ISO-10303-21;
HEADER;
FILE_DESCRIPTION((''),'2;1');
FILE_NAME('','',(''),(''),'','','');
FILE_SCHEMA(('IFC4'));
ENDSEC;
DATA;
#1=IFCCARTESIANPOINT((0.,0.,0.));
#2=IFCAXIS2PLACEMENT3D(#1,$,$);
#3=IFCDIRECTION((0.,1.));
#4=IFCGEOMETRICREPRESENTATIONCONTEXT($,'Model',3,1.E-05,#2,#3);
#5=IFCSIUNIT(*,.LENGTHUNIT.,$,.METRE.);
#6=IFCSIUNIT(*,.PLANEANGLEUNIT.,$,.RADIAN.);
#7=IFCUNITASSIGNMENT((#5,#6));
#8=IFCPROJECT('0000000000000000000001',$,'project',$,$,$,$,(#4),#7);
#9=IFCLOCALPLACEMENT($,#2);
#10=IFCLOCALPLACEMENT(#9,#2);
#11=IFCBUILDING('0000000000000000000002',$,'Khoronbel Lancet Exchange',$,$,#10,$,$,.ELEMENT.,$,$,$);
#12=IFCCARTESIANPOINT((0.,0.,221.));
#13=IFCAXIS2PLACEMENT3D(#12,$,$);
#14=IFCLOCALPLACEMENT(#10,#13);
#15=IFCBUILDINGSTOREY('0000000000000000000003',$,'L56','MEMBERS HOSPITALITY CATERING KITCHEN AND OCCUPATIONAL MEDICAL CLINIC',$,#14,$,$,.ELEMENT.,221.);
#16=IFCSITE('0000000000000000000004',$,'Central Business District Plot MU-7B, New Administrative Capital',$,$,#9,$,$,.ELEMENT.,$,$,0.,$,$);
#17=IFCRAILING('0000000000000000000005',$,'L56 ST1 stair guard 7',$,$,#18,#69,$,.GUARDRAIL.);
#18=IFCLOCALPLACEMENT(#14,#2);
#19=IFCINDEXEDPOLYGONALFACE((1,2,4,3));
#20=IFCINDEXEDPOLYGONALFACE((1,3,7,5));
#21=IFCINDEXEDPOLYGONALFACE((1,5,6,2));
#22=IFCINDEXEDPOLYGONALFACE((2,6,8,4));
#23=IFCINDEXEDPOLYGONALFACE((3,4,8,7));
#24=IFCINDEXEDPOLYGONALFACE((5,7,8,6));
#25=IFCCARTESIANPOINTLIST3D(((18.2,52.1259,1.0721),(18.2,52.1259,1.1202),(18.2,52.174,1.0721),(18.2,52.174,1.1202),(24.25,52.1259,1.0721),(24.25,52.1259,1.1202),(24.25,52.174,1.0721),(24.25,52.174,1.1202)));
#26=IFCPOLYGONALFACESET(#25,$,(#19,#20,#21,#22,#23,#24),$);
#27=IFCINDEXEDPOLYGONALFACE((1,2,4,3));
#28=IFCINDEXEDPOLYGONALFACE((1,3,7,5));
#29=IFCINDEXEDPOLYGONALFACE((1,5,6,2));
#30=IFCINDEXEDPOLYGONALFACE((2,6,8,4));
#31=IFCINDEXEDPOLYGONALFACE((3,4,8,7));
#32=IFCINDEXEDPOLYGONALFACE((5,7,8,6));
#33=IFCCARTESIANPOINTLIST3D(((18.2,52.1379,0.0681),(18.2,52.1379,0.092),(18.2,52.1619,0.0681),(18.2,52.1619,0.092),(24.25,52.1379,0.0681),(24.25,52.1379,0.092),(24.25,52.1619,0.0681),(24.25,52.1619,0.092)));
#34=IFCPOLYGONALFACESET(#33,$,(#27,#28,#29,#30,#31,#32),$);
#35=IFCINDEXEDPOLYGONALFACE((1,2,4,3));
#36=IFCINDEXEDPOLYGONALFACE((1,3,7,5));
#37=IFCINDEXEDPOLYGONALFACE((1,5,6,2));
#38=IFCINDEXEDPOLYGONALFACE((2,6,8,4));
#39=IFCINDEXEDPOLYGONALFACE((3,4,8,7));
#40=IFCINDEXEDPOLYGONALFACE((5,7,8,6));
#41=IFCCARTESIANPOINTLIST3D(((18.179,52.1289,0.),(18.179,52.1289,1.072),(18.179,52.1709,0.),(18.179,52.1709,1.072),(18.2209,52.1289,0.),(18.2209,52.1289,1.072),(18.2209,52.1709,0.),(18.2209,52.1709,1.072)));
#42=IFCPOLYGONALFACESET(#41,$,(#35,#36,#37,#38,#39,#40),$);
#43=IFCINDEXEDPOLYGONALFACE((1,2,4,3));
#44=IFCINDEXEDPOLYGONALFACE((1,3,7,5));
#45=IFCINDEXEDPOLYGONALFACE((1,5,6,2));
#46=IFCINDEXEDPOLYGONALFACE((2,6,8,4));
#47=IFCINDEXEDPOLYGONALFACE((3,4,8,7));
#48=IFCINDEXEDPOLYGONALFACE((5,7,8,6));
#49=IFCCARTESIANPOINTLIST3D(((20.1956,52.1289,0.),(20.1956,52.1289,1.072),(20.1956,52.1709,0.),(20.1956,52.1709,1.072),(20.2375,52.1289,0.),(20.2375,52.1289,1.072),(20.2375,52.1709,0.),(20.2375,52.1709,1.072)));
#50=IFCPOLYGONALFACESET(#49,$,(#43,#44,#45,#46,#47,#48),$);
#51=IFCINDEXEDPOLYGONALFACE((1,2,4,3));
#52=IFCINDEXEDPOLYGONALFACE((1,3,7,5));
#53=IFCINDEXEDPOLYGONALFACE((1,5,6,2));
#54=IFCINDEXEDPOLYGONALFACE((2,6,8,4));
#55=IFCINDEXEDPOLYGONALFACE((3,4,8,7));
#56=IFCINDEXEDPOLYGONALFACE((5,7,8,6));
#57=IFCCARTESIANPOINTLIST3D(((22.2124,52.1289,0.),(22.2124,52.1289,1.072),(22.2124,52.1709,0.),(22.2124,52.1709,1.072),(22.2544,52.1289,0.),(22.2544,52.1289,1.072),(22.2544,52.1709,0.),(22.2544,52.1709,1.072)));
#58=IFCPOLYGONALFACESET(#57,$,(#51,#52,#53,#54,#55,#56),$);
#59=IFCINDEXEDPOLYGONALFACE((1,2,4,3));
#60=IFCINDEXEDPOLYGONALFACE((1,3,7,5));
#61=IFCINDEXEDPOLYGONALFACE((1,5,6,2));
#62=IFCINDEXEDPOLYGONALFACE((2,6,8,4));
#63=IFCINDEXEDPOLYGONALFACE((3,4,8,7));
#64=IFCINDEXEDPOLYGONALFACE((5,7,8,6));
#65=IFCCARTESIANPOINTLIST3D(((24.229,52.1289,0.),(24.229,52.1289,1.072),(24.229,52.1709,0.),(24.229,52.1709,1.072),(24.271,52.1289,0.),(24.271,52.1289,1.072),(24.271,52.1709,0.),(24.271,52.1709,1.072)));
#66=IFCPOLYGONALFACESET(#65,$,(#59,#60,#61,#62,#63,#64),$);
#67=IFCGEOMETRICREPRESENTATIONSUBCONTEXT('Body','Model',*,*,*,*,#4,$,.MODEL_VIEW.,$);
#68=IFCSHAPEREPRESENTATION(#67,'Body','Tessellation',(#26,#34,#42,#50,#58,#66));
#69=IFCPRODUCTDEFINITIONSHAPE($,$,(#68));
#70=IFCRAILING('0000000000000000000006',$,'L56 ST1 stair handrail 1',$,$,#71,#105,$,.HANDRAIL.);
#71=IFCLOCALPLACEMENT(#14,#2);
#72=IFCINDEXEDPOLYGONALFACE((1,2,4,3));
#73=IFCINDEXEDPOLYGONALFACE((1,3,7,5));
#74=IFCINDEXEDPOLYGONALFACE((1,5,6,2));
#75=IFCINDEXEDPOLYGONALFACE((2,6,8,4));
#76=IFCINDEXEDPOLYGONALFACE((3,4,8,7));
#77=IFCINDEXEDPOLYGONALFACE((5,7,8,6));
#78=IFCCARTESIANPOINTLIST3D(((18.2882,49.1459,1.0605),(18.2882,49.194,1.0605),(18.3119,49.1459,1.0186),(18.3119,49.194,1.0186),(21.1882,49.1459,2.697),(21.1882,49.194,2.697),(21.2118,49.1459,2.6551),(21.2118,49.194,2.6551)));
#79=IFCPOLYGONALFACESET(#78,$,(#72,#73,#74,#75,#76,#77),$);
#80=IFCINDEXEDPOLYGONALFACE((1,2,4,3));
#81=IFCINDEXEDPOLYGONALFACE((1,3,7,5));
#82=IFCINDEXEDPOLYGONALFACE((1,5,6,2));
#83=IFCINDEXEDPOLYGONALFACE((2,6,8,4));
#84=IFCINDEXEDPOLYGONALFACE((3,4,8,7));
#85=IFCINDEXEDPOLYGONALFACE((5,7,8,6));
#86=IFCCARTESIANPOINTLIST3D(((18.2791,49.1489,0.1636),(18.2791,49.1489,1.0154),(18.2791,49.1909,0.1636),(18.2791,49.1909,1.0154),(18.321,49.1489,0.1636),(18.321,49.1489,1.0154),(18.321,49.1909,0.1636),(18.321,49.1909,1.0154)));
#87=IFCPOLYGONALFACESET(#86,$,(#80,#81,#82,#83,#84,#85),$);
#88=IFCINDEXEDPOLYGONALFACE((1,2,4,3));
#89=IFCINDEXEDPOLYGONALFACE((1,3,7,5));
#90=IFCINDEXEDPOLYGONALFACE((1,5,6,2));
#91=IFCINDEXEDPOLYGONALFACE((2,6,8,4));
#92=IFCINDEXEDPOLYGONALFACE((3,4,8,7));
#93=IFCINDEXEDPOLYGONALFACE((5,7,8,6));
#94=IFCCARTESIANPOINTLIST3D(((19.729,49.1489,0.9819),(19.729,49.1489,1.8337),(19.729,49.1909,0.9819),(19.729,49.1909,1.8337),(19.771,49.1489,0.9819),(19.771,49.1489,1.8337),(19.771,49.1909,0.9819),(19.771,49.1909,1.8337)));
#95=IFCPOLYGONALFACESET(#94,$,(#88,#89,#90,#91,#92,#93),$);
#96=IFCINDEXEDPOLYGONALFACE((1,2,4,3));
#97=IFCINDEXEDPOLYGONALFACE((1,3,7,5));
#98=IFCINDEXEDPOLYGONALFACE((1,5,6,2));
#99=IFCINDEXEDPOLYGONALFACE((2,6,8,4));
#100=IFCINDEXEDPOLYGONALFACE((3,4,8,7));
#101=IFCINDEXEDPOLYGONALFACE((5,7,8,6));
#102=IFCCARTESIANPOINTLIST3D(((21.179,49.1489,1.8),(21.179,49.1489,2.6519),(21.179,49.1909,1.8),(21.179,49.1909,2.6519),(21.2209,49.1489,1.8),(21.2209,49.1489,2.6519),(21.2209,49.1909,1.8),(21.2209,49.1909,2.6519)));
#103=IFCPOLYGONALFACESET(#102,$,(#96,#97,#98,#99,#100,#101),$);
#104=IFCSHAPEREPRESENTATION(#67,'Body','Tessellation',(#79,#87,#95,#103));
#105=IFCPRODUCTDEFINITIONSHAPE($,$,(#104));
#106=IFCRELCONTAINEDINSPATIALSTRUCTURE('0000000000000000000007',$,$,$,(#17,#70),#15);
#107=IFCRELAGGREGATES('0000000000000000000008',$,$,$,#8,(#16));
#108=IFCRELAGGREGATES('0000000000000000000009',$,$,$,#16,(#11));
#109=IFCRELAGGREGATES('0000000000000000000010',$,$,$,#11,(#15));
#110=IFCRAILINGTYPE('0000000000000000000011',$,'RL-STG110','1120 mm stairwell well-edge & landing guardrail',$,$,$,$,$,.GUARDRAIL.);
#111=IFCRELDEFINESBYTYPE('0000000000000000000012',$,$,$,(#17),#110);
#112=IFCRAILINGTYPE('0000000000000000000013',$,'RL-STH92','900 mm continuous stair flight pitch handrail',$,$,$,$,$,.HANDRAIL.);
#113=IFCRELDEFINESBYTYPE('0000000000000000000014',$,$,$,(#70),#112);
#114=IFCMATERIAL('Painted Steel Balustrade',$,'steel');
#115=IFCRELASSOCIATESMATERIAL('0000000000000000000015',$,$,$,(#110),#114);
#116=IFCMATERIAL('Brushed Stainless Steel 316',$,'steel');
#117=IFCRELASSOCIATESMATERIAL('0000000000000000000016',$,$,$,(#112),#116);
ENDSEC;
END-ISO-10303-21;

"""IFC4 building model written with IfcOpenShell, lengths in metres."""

from ifc_helpers import new_model, si_unit, direction, frame, origin, origin_2d, place, context, subcontext, project, spatial, rectangle, extrude, material, type_object, element, save


model = new_model("IFC4")

# Units and contexts
model_context = context("Model", 3, precision=1e-05, world=origin(), true_north=direction((0.0, 1.0)))
body_context = subcontext(model_context, "Body", "Model", "MODEL_VIEW")
ifc_project = project(units=[si_unit("LENGTHUNIT", "METRE"), si_unit("PLANEANGLEUNIT", "RADIAN")], contexts=[model_context])

# Site, building, storey
site_placement = place(None, origin())
site = spatial("IfcSite", under=ifc_project, at=site_placement, Name="Central Business District Plot MU-7B, New Administrative Capital", CompositionType="ELEMENT", RefElevation=0.0)
building_placement = place(site_placement, origin())
building = spatial("IfcBuilding", under=site, at=building_placement, Name="Khoronbel Lancet Exchange", CompositionType="ELEMENT")
storey_placement = place(building_placement, frame((0.0, 0.0, 221.0)))
storey = spatial("IfcBuildingStorey", under=building, at=storey_placement, Name="L56", Description="MEMBERS HOSPITALITY CATERING KITCHEN AND OCCUPATIONAL MEDICAL CLINIC", CompositionType="ELEMENT", Elevation=221.0)

# Railings
ifc_material_1 = material(Name="Painted Steel Balustrade", Category="steel")
railing_type_1 = type_object("IfcRailingType", Name="RL-STG110", Description="1120 mm stairwell well-edge & landing guardrail", PredefinedType="GUARDRAIL", material=ifc_material_1)
railing_1_placement = place(storey_placement, frame((18.2, 52.1499, 0.0)))
element("IfcRailing", 1, at=railing_1_placement, inside=storey, type_object=railing_type_1, Name="L56 ST1 stair guard 7", PredefinedType="GUARDRAIL", context=body_context, shape_type="SweptSolid", body=[
    extrude(rectangle(XDim=0.0481, YDim=0.0481, at=origin_2d()), frame((0.0, 0.0, 1.0962), z_axis=(1.0, 0.0, 0.0), x_axis=(0.0, 1.0, 0.0)), (0.0, 0.0, 1.0), 6.05),
    extrude(rectangle(XDim=0.0239, YDim=0.0239, at=origin_2d()), frame((0.0, 0.0, 0.0801), z_axis=(1.0, 0.0, 0.0), x_axis=(0.0, 1.0, 0.0)), (0.0, 0.0, 1.0), 6.05),
    extrude(rectangle(XDim=0.042, YDim=0.042, at=origin_2d()), origin(), (0.0, 0.0, 1.0), 1.072),
    extrude(rectangle(XDim=0.042, YDim=0.042, at=origin_2d()), frame((2.0166, 0.0, 0.0)), (0.0, 0.0, 1.0), 1.072),
    extrude(rectangle(XDim=0.042, YDim=0.042, at=origin_2d()), frame((4.0334, 0.0, 0.0)), (0.0, 0.0, 1.0), 1.072),
    extrude(rectangle(XDim=0.042, YDim=0.042, at=origin_2d()), frame((6.05, 0.0, 0.0)), (0.0, 0.0, 1.0), 1.072),
])
ifc_material_2 = material(Name="Brushed Stainless Steel 316", Category="steel")
railing_type_2 = type_object("IfcRailingType", Name="RL-STH92", Description="900 mm continuous stair flight pitch handrail", PredefinedType="HANDRAIL", material=ifc_material_2)
railing_2_placement = place(storey_placement, frame((18.3, 49.1699, 0.1636)))
element("IfcRailing", 2, at=railing_2_placement, inside=storey, type_object=railing_type_2, Name="L56 ST1 stair handrail 1", PredefinedType="HANDRAIL", context=body_context, shape_type="SweptSolid", body=[
    extrude(rectangle(XDim=0.0481, YDim=0.0481, at=origin_2d()), frame((0.0, 0.0, 0.876), z_axis=(0.870897, 0.0, 0.491465), x_axis=(0.0, 1.0, 0.0)), (0.0, 0.0, 1.0), 3.3298),
    extrude(rectangle(XDim=0.042, YDim=0.042, at=origin_2d()), origin(), (0.0, 0.0, 1.0), 0.8518),
    extrude(rectangle(XDim=0.042, YDim=0.042, at=origin_2d()), frame((1.45, 0.0, 0.8184)), (0.0, 0.0, 1.0), 0.8518),
    extrude(rectangle(XDim=0.042, YDim=0.042, at=origin_2d()), frame((2.8999, 0.0, 1.6365)), (0.0, 0.0, 1.0), 0.8518),
])

save(model, "model.ifc")
